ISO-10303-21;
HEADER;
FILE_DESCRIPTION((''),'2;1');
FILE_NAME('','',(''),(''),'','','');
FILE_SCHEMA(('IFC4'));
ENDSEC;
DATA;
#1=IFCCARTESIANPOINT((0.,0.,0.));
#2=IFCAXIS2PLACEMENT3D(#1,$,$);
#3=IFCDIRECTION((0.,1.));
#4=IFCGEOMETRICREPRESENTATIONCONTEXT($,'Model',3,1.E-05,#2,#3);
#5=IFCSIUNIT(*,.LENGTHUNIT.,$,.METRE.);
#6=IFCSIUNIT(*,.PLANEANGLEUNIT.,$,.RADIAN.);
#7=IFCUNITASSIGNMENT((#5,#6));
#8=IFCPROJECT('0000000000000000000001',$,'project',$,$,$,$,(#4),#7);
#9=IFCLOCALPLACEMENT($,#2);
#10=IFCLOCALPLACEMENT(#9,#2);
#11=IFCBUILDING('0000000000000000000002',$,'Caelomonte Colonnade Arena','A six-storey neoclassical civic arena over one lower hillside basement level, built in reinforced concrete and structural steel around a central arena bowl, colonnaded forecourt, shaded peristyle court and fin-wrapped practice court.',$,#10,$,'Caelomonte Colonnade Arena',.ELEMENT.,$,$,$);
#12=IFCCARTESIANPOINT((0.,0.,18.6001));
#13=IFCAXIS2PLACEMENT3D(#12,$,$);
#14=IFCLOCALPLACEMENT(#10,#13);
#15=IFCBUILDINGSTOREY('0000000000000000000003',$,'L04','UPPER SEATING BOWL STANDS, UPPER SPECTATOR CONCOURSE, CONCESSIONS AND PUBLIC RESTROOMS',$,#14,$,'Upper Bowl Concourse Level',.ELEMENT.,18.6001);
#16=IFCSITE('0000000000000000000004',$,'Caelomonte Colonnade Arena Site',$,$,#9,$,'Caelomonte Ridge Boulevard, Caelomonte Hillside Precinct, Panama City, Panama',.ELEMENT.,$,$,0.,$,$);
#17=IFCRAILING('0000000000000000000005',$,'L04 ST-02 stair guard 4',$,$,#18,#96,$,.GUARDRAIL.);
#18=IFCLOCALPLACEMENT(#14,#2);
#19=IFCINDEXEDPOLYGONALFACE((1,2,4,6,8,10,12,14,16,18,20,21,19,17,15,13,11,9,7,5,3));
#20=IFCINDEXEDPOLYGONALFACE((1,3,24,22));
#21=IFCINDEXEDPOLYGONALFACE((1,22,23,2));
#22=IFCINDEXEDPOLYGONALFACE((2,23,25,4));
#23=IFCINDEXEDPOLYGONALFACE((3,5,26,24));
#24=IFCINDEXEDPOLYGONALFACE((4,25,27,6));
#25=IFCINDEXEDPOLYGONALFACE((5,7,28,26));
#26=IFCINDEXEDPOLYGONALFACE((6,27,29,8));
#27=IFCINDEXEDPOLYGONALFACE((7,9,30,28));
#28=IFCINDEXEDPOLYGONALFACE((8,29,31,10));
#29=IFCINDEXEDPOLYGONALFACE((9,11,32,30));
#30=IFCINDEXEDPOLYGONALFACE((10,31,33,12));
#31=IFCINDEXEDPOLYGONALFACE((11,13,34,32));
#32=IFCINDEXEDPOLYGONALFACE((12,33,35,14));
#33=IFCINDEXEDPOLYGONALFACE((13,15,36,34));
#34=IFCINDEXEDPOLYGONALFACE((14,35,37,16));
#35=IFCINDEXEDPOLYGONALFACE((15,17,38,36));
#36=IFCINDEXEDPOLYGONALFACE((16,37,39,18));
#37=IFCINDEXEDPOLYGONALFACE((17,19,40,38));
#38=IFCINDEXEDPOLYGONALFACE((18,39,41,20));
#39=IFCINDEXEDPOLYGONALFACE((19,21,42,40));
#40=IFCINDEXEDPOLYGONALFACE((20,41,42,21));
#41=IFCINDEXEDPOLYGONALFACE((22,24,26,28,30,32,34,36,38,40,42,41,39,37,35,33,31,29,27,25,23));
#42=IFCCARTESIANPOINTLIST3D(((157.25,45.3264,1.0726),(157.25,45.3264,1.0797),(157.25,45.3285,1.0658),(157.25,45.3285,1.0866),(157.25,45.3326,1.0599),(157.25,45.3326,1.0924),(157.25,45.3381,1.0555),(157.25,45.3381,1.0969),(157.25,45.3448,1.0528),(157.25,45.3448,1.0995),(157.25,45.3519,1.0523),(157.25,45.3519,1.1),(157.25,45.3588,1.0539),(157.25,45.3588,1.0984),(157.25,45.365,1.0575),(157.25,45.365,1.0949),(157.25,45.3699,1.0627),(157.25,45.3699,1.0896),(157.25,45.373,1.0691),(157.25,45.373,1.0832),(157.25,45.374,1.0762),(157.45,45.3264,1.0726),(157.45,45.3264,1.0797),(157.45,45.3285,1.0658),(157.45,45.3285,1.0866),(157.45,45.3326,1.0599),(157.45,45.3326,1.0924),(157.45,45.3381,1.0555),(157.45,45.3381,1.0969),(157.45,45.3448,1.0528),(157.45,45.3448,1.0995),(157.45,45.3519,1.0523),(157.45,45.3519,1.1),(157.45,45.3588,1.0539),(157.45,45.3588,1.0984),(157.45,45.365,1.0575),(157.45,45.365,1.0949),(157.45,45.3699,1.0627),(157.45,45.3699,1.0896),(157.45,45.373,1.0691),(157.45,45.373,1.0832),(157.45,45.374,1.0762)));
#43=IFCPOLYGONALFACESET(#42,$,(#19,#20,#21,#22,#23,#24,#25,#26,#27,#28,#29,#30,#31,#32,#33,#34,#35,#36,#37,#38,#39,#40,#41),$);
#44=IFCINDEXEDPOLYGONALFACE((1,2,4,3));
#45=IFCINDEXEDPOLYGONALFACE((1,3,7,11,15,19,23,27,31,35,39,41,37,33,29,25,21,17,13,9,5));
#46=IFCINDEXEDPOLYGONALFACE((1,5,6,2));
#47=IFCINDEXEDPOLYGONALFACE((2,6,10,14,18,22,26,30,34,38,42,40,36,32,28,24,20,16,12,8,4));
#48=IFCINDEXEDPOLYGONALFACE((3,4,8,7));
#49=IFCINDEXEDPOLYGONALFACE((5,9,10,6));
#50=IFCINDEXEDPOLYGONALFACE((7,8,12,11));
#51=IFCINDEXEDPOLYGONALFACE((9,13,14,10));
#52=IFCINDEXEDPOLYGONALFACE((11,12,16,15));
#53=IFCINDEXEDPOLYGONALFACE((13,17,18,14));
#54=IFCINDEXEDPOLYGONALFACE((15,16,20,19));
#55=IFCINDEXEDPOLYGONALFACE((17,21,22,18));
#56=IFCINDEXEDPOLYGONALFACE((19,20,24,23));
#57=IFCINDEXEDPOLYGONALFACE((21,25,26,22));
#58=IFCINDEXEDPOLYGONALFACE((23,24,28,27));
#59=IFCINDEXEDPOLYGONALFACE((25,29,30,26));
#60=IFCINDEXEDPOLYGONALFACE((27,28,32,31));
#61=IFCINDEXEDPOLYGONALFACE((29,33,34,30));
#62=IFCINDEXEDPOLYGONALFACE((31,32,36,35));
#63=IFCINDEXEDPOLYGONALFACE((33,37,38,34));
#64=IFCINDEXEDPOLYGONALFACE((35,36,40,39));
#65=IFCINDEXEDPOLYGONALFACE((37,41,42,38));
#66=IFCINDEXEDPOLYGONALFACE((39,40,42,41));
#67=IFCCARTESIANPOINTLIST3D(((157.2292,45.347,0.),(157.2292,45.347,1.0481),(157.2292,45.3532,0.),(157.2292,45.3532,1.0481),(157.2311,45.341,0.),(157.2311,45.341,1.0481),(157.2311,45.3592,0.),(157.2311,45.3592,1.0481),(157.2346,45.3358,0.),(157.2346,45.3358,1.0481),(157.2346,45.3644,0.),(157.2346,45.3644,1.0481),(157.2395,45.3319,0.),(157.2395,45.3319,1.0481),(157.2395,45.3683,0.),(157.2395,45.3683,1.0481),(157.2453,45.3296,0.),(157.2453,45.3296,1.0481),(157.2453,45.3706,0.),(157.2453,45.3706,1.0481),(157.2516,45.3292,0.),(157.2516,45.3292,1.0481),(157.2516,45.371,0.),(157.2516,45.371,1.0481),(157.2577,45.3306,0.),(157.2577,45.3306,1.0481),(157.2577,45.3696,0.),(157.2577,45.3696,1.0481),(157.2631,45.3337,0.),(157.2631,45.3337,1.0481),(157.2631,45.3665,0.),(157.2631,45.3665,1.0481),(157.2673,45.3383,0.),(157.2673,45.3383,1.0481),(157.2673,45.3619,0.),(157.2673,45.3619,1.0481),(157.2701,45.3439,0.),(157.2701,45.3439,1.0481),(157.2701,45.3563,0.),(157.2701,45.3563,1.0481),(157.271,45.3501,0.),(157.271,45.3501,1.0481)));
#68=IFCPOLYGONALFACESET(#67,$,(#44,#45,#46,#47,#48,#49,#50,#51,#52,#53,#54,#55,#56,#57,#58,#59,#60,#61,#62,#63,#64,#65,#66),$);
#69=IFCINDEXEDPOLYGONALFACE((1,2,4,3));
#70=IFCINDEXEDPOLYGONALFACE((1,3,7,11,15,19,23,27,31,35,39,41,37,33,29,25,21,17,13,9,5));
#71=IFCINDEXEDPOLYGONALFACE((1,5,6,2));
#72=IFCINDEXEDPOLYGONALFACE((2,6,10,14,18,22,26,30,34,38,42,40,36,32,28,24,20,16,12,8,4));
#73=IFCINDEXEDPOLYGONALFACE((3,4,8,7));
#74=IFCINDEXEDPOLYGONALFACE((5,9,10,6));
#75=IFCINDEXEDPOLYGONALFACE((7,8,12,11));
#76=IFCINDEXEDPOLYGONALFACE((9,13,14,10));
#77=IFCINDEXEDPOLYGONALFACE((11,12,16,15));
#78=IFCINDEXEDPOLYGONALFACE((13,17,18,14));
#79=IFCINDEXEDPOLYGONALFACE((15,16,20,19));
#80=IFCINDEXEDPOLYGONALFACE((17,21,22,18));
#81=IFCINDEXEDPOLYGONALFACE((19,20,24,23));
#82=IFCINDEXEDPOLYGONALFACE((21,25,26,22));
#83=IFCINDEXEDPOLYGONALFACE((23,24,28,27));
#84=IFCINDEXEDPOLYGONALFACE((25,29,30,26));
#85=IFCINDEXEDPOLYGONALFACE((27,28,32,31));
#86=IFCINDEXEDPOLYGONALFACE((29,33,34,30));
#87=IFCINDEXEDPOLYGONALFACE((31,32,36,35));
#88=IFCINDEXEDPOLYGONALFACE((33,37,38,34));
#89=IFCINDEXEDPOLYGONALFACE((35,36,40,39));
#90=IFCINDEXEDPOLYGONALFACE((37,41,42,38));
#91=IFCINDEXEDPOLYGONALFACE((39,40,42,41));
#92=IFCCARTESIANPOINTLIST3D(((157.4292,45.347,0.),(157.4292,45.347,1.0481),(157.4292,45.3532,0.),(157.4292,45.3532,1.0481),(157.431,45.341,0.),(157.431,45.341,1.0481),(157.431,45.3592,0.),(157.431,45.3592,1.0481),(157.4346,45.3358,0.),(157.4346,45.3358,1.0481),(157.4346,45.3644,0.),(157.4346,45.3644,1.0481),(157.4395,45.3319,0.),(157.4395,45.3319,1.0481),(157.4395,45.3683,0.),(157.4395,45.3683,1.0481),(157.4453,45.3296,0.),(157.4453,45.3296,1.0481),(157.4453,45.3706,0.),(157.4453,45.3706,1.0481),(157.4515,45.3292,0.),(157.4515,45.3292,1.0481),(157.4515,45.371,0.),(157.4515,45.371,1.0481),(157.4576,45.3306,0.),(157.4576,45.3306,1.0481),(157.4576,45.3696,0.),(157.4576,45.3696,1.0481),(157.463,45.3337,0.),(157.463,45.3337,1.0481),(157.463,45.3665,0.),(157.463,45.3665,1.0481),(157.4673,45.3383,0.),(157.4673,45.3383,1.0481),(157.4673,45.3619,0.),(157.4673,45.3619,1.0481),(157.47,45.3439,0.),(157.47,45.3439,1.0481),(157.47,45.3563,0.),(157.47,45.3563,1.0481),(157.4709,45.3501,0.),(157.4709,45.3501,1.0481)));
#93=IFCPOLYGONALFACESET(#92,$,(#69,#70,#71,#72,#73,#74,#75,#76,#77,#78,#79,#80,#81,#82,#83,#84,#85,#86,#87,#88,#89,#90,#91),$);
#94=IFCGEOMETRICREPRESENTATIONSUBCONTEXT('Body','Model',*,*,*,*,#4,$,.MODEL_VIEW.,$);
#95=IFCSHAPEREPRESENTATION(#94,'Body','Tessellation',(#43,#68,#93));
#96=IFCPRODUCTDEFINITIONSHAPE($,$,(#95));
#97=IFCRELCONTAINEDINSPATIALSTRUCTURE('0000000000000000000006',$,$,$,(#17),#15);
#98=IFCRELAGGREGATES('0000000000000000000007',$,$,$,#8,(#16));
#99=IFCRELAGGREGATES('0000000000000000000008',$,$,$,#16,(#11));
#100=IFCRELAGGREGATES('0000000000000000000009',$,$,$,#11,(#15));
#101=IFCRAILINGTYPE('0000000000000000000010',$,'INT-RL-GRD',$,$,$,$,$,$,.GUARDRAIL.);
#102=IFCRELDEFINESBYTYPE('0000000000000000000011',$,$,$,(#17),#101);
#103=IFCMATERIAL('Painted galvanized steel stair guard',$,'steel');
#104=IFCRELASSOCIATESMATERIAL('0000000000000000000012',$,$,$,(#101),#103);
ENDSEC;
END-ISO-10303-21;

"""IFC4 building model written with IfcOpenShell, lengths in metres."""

from ifc_helpers import new_model, si_unit, direction, frame, origin, origin_2d, place, context, subcontext, project, spatial, circle, extrude, material, type_object, element, save


model = new_model("IFC4")

# Units and contexts
model_context = context("Model", 3, precision=1e-05, world=origin(), true_north=direction((0.0, 1.0)))
body_context = subcontext(model_context, "Body", "Model", "MODEL_VIEW")
ifc_project = project(units=[si_unit("LENGTHUNIT", "METRE"), si_unit("PLANEANGLEUNIT", "RADIAN")], contexts=[model_context])

# Site, building, storey
site_placement = place(None, origin())
site = spatial("IfcSite", under=ifc_project, at=site_placement, Name="Caelomonte Colonnade Arena Site", LongName="Caelomonte Ridge Boulevard, Caelomonte Hillside Precinct, Panama City, Panama", CompositionType="ELEMENT", RefElevation=0.0)
building_placement = place(site_placement, origin())
building = spatial("IfcBuilding", under=site, at=building_placement, Name="Caelomonte Colonnade Arena", Description="A six-storey neoclassical civic arena over one lower hillside basement level, built in reinforced concrete and structural steel around a central arena bowl, colonnaded forecourt, shaded peristyle court and fin-wrapped practice court.", LongName="Caelomonte Colonnade Arena", CompositionType="ELEMENT")
storey_placement = place(building_placement, frame((0.0, 0.0, 18.6001)))
storey = spatial("IfcBuildingStorey", under=building, at=storey_placement, Name="L04", Description="UPPER SEATING BOWL STANDS, UPPER SPECTATOR CONCOURSE, CONCESSIONS AND PUBLIC RESTROOMS", LongName="Upper Bowl Concourse Level", CompositionType="ELEMENT", Elevation=18.6001)

# Railing
ifc_material_1 = material(Name="Painted galvanized steel stair guard", Category="steel")
railing_type_1 = type_object("IfcRailingType", Name="INT-RL-GRD", PredefinedType="GUARDRAIL", material=ifc_material_1)
railing_1_placement = place(storey_placement, frame((157.25, 45.3501, 0.0)))
element("IfcRailing", 1, at=railing_1_placement, inside=storey, type_object=railing_type_1, Name="L04 ST-02 stair guard 4", PredefinedType="GUARDRAIL", context=body_context, shape_type="SweptSolid", body=[
    extrude(circle(Radius=0.0239, at=origin_2d()), frame((0.0, 0.0, 1.0762), z_axis=(1.0, 0.0, 0.0), x_axis=(0.0, 1.0, 0.0)), (0.0, 0.0, 1.0), 0.2),
    extrude(circle(Radius=0.021, at=origin_2d()), origin(), (0.0, 0.0, 1.0), 1.0481),
    extrude(circle(Radius=0.021, at=origin_2d()), frame((0.2, 0.0, 0.0)), (0.0, 0.0, 1.0), 1.0481),
])

save(model, "model.ifc")
